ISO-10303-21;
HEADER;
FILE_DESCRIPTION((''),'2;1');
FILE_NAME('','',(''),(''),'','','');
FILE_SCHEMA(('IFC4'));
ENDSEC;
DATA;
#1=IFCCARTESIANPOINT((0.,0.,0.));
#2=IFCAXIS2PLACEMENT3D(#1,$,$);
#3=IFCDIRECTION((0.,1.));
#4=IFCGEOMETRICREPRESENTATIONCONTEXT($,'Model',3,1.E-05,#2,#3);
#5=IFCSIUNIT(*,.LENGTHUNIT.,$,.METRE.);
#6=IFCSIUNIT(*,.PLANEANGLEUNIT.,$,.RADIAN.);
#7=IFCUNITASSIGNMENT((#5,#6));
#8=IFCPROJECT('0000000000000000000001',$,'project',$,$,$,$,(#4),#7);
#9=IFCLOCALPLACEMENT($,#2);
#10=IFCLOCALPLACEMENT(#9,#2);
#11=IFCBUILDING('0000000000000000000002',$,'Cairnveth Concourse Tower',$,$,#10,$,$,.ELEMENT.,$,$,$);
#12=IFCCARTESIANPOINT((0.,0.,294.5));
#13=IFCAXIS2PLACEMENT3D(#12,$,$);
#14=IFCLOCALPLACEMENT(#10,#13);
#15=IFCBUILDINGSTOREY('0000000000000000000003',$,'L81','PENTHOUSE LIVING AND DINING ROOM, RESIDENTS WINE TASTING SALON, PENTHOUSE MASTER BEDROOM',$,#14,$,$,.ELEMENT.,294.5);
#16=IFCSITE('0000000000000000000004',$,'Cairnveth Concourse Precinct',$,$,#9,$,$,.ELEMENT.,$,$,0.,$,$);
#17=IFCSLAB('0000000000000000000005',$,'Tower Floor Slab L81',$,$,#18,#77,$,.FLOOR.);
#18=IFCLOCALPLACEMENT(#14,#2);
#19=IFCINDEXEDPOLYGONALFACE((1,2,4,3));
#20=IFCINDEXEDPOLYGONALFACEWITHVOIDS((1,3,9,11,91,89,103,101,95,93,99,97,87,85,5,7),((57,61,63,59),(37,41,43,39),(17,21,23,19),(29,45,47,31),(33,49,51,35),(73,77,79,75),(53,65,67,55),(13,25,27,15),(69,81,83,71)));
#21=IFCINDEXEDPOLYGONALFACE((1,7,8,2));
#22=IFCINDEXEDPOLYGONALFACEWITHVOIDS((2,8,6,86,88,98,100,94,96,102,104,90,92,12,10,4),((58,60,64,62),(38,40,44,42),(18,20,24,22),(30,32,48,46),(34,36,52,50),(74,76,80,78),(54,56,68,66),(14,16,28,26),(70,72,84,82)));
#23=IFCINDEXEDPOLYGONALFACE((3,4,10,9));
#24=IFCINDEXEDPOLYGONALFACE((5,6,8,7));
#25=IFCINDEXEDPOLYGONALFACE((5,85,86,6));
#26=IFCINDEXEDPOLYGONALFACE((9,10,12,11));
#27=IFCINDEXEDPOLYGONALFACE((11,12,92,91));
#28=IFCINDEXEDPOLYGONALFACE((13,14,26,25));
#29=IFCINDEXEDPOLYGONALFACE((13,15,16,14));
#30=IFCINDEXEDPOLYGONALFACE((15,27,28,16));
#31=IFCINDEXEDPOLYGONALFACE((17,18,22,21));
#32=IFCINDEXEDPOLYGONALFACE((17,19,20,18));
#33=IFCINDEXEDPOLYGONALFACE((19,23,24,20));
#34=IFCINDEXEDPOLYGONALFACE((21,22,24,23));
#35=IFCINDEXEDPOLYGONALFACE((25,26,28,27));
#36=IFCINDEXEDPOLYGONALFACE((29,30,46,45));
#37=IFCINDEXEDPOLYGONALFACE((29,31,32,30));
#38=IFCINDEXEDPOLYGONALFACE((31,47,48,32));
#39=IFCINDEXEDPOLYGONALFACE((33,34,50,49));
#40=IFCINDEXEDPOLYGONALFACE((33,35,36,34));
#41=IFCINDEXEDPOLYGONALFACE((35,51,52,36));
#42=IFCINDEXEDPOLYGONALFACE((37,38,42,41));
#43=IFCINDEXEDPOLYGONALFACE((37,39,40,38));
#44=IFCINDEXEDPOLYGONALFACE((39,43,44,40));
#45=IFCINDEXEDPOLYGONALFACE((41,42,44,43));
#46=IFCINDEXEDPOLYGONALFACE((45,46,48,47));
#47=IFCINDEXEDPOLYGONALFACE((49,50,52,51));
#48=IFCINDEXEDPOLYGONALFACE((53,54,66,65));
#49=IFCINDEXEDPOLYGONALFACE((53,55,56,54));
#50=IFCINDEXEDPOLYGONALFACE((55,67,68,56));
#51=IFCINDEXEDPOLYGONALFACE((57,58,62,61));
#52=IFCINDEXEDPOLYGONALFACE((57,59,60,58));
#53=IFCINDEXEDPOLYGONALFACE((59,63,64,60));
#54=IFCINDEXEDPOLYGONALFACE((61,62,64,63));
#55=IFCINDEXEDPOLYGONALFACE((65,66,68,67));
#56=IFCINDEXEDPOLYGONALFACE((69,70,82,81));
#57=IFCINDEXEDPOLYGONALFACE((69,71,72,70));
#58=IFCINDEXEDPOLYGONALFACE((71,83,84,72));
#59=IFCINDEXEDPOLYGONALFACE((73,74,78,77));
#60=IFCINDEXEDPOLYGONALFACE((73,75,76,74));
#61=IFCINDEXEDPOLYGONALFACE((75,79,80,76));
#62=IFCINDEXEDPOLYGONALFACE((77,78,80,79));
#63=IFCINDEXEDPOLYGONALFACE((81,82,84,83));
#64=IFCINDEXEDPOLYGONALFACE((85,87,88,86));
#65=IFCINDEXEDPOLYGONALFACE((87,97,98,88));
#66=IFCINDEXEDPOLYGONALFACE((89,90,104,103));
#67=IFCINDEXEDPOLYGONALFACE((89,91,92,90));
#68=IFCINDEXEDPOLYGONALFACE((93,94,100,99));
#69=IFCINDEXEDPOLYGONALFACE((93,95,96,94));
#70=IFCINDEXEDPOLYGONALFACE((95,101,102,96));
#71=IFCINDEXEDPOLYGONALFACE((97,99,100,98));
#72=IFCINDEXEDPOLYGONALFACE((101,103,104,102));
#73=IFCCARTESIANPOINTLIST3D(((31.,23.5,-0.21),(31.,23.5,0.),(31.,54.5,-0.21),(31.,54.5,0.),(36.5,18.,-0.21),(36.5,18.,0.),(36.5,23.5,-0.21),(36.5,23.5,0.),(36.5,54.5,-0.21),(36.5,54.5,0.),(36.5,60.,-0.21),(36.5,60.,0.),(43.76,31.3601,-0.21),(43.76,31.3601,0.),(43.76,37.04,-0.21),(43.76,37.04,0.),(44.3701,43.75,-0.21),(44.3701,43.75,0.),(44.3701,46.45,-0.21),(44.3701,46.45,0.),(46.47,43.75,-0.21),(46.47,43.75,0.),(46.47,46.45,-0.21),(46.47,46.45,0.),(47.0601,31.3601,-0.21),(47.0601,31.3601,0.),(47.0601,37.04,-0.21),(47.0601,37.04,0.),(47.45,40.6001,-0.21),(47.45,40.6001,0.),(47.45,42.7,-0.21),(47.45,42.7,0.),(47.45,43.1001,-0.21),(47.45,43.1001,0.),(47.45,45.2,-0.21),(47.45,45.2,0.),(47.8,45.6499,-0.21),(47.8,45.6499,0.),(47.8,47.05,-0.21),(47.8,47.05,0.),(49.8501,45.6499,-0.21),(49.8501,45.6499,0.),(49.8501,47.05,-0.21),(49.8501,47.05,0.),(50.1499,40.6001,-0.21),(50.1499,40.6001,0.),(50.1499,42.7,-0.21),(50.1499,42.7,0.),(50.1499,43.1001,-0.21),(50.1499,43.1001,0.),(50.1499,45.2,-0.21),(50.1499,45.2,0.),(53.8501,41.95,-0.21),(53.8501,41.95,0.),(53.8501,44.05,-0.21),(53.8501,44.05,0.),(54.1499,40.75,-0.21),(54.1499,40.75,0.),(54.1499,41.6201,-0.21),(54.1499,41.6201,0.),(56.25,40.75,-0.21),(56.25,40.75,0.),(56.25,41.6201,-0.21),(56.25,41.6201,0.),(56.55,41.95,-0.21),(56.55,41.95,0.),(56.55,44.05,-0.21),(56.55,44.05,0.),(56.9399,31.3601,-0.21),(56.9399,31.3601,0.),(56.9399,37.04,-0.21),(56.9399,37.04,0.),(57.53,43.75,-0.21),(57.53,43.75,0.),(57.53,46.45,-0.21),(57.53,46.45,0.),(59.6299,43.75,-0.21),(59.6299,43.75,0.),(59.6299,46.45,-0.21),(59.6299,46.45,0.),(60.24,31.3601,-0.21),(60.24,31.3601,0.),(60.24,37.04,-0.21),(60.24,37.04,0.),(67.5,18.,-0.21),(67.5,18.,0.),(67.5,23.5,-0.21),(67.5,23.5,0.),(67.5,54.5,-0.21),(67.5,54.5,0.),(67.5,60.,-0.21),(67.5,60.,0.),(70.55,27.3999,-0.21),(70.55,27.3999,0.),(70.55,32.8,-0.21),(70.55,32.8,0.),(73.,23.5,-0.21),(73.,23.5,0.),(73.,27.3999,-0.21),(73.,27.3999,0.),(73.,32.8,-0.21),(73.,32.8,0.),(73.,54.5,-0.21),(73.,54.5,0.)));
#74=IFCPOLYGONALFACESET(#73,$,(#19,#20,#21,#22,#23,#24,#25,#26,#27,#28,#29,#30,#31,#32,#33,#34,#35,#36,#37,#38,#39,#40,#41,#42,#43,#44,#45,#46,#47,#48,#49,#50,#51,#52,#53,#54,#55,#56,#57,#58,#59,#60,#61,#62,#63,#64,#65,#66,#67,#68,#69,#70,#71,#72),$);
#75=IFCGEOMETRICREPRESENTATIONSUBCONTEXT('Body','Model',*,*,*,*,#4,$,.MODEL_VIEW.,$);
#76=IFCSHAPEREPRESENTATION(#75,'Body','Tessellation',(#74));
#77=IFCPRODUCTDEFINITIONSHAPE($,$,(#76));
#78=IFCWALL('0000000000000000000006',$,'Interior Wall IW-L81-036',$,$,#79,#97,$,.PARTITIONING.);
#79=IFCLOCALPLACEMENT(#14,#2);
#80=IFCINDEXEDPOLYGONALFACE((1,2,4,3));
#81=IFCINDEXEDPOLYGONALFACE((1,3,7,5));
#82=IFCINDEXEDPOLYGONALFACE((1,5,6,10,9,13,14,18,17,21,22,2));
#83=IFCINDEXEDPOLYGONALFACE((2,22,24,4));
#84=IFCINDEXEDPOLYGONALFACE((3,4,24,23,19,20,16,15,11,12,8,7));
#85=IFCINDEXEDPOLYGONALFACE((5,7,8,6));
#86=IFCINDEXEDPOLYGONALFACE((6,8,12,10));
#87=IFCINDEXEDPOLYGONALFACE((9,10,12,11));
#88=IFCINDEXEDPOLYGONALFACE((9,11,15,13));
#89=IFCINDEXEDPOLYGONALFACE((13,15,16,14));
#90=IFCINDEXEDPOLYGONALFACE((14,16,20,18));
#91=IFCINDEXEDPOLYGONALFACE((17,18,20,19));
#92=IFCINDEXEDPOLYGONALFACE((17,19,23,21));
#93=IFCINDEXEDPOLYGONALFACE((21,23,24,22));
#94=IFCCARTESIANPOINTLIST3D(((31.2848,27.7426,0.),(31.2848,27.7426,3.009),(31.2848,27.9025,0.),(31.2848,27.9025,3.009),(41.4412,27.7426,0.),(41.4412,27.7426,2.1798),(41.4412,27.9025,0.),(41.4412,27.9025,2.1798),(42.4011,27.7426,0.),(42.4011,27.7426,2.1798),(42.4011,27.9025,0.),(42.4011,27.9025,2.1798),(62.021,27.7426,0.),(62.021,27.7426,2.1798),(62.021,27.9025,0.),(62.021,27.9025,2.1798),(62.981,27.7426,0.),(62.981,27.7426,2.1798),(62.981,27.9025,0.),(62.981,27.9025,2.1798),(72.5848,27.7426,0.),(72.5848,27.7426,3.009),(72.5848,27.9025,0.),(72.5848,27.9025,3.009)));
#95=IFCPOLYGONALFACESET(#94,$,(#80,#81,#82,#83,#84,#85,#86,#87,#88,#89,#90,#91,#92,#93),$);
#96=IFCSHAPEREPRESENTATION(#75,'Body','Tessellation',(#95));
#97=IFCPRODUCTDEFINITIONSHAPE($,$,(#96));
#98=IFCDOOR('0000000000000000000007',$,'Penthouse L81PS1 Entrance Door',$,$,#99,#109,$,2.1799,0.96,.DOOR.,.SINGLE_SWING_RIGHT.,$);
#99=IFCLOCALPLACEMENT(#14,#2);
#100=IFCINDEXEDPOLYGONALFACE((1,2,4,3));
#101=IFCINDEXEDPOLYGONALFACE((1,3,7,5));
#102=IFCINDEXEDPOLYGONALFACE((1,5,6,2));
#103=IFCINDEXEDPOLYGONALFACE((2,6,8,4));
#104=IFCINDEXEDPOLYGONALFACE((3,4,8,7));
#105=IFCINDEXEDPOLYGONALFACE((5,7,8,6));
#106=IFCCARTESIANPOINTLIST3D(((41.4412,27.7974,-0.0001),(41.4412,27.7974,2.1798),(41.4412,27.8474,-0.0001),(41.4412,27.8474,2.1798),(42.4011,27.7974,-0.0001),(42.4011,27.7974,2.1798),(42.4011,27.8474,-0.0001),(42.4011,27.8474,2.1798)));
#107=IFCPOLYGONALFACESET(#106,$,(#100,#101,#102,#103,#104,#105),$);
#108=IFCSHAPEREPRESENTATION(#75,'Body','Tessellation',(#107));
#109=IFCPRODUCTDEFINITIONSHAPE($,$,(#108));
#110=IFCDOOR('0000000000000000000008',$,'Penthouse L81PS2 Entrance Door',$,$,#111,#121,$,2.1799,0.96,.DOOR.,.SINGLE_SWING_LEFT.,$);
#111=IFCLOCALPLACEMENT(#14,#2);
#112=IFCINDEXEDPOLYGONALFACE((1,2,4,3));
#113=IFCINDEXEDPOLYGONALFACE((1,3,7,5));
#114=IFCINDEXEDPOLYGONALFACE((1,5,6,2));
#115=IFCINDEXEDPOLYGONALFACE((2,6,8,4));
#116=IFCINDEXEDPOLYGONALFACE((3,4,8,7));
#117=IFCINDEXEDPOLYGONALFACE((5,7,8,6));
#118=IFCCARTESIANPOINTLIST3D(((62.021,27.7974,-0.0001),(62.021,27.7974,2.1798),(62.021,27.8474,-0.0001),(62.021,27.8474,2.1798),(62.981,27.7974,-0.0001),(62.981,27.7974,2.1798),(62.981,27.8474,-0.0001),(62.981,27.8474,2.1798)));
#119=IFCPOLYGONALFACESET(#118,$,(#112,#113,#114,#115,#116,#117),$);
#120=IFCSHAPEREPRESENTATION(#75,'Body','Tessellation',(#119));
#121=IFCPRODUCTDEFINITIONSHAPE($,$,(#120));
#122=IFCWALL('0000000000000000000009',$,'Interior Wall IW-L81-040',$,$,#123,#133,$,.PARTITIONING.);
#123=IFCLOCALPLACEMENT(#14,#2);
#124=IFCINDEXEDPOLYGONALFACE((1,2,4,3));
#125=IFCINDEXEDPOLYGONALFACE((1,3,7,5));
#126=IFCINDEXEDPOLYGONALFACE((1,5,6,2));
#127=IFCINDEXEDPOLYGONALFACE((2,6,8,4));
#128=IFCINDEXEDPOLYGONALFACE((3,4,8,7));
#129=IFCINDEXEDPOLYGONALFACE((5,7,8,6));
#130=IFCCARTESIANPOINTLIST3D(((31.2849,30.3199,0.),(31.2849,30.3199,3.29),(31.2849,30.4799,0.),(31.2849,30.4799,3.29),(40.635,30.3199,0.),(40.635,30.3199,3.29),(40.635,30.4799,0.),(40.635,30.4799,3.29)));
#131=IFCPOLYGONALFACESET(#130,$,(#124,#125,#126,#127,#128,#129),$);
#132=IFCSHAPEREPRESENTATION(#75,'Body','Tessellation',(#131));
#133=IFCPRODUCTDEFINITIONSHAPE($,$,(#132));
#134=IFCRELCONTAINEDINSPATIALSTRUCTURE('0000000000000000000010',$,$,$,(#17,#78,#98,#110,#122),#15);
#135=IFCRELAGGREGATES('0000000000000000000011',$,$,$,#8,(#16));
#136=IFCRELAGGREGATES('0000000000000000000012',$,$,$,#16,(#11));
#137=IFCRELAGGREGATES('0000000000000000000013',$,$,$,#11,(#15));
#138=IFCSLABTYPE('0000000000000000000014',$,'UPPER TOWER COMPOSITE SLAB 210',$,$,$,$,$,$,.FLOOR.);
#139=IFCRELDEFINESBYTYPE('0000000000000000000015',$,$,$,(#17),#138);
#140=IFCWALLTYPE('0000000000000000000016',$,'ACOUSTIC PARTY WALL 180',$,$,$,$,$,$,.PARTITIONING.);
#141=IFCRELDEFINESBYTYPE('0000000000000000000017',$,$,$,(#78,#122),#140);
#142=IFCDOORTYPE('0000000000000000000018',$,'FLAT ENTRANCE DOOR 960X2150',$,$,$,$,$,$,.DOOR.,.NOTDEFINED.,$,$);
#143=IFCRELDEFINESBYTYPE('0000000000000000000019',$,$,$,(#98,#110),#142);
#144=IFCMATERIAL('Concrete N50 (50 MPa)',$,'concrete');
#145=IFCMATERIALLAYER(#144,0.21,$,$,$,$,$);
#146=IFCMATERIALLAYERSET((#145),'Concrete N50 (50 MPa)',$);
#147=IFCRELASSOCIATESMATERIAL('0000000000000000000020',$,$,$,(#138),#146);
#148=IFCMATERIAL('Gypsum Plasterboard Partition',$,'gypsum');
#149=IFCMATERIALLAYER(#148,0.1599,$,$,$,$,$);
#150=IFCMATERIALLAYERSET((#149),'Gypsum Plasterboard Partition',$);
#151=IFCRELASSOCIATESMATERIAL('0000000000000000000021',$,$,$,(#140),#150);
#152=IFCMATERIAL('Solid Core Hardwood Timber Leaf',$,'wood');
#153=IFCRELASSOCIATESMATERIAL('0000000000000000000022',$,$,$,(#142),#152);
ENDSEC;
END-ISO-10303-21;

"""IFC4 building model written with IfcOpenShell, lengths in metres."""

from ifc_helpers import new_model, si_unit, direction, frame, frame_2d, origin, place, context, subcontext, project, spatial, polyline, rectangle, outline, extrude, material, layer, layer_set, type_object, element, fill, save


model = new_model("IFC4")

# Units and contexts
model_context = context("Model", 3, precision=1e-05, world=origin(), true_north=direction((0.0, 1.0)))
body_context = subcontext(model_context, "Body", "Model", "MODEL_VIEW")
ifc_project = project(units=[si_unit("LENGTHUNIT", "METRE"), si_unit("PLANEANGLEUNIT", "RADIAN")], contexts=[model_context])

# Site, building, storey
site_placement = place(None, origin())
site = spatial("IfcSite", under=ifc_project, at=site_placement, Name="Cairnveth Concourse Precinct", CompositionType="ELEMENT", RefElevation=0.0)
building_placement = place(site_placement, origin())
building = spatial("IfcBuilding", under=site, at=building_placement, Name="Cairnveth Concourse Tower", CompositionType="ELEMENT")
storey_placement = place(building_placement, frame((0.0, 0.0, 294.5)))
storey = spatial("IfcBuildingStorey", under=building, at=storey_placement, Name="L81", Description="PENTHOUSE LIVING AND DINING ROOM, RESIDENTS WINE TASTING SALON, PENTHOUSE MASTER BEDROOM", CompositionType="ELEMENT", Elevation=294.5)

# Shared definitions
ifc_material_1 = material(Name="Concrete N50 (50 MPa)", Category="concrete")

# Slab
ifc_layer_1 = layer(ifc_material_1, 0.21)
ifc_layer_set_1 = layer_set([ifc_layer_1], Name="Concrete N50 (50 MPa)")
slab_type_1 = type_object("IfcSlabType", Name="UPPER TOWER COMPOSITE SLAB 210", PredefinedType="FLOOR", material=ifc_layer_set_1)
slab_1_placement = place(storey_placement, frame((0.0, 0.0, -0.21)))
element("IfcSlab", 1, at=slab_1_placement, inside=storey, type_object=slab_type_1, Name="Tower Floor Slab L81", PredefinedType="FLOOR", context=body_context, shape_type="SweptSolid", body=[
    extrude(outline(polyline([(73.0, 27.3999), (70.55, 27.3999), (70.55, 32.8), (73.0, 32.8), (73.0, 54.5), (67.5, 54.5), (67.5, 60.0), (36.5, 60.0), (36.5, 54.5), (31.0, 54.5), (31.0, 23.5), (36.5, 23.5), (36.5, 18.0), (67.5, 18.0), (67.5, 23.5), (73.0, 23.5), (73.0, 27.3999)]), holes=[polyline([(43.76, 31.3601), (47.0601, 31.3601), (47.0601, 37.04), (43.76, 37.04), (43.76, 31.3601)]), polyline([(56.9399, 31.3601), (60.24, 31.3601), (60.24, 37.04), (56.9399, 37.04), (56.9399, 31.3601)]), polyline([(44.3701, 43.75), (46.47, 43.75), (46.47, 46.45), (44.3701, 46.45), (44.3701, 43.75)]), polyline([(57.53, 43.75), (59.6299, 43.75), (59.6299, 46.45), (57.53, 46.45), (57.53, 43.75)]), polyline([(47.45, 40.6001), (50.1499, 40.6001), (50.1499, 42.7), (47.45, 42.7), (47.45, 40.6001)]), polyline([(47.45, 43.1001), (50.1499, 43.1001), (50.1499, 45.2), (47.45, 45.2), (47.45, 43.1001)]), polyline([(53.8501, 41.95), (56.55, 41.95), (56.55, 44.05), (53.8501, 44.05), (53.8501, 41.95)]), polyline([(47.8, 45.6499), (49.8501, 45.6499), (49.8501, 47.05), (47.8, 47.05), (47.8, 45.6499)]), polyline([(54.1499, 40.75), (56.25, 40.75), (56.25, 41.6201), (54.1499, 41.6201), (54.1499, 40.75)])]), origin(), (0.0, 0.0, 1.0), 0.21),
])

# Wall, openings, doors
ifc_material_2 = material(Name="Gypsum Plasterboard Partition", Category="gypsum")
ifc_layer_2 = layer(ifc_material_2, 0.1599)
ifc_layer_set_2 = layer_set([ifc_layer_2], Name="Gypsum Plasterboard Partition")
wall_type_1 = type_object("IfcWallType", Name="ACOUSTIC PARTY WALL 180", PredefinedType="PARTITIONING", material=ifc_layer_set_2)
wall_1_placement = place(storey_placement, frame((31.2849, 27.8225, 0.0), z_axis=(0.0, 0.0, 1.0), x_axis=(1.0, 0.0, 0.0)))
wall_1 = element("IfcWall", 2, at=wall_1_placement, inside=storey, type_object=wall_type_1, Name="Interior Wall IW-L81-036", PredefinedType="PARTITIONING", context=body_context, shape_type="SweptSolid", body=[
    extrude(rectangle(XDim=41.3, YDim=0.1599, at=frame_2d((20.6499, 0.0))), origin(), (0.0, 0.0, 1.0), 3.009),
])
opening_1_placement = place(wall_1_placement, frame((10.1562, 0.0, 0.0)))
opening_1 = element("IfcOpeningElement", 3, at=opening_1_placement, cuts=wall_1, PredefinedType="OPENING", context=body_context, shape_type="SweptSolid", body=[
    extrude(rectangle(XDim=0.96, YDim=2.1799, at=frame_2d((0.48, 1.0898))), frame((0.0, 0.0898, 0.0), z_axis=(0.0, -1.0, 0.0), x_axis=(1.0, 0.0, 0.0)), (0.0, 0.0, 1.0), 0.1799),
])
opening_2_placement = place(wall_1_placement, frame((30.7361, 0.0, 0.0)))
opening_2 = element("IfcOpeningElement", 4, at=opening_2_placement, cuts=wall_1, PredefinedType="OPENING", context=body_context, shape_type="SweptSolid", body=[
    extrude(rectangle(XDim=0.96, YDim=2.1799, at=frame_2d((0.48, 1.0898))), frame((0.0, 0.0898, 0.0), z_axis=(0.0, -1.0, 0.0), x_axis=(1.0, 0.0, 0.0)), (0.0, 0.0, 1.0), 0.1799),
])
ifc_material_3 = material(Name="Solid Core Hardwood Timber Leaf", Category="wood")
door_type = type_object("IfcDoorType", Name="FLAT ENTRANCE DOOR 960X2150", OperationType="NOTDEFINED", PredefinedType="DOOR", material=ifc_material_3)
door_1_placement = place(opening_1_placement, origin())
door_1 = element("IfcDoor", 5, at=door_1_placement, inside=storey, type_object=door_type, Name="Penthouse L81PS1 Entrance Door", OperationType="SINGLE_SWING_RIGHT", OverallHeight=2.1799, OverallWidth=0.96, PredefinedType="DOOR", context=body_context, shape_type="SweptSolid", body=[
    extrude(rectangle(XDim=0.96, YDim=2.1799, at=frame_2d((0.48, 1.0898))), frame((0.0, 0.0249, 0.0), z_axis=(0.0, -1.0, 0.0), x_axis=(1.0, 0.0, 0.0)), (0.0, 0.0, 1.0), 0.05),
])
fill(opening_1, door_1)
door_2_placement = place(opening_2_placement, origin())
door_2 = element("IfcDoor", 6, at=door_2_placement, inside=storey, type_object=door_type, Name="Penthouse L81PS2 Entrance Door", OperationType="SINGLE_SWING_LEFT", OverallHeight=2.1799, OverallWidth=0.96, PredefinedType="DOOR", context=body_context, shape_type="SweptSolid", body=[
    extrude(rectangle(XDim=0.96, YDim=2.1799, at=frame_2d((0.48, 1.0898))), frame((0.0, 0.0249, 0.0), z_axis=(0.0, -1.0, 0.0), x_axis=(1.0, 0.0, 0.0)), (0.0, 0.0, 1.0), 0.05),
])
fill(opening_2, door_2)

# Wall
wall_2_placement = place(storey_placement, frame((31.2849, 30.3999, 0.0), z_axis=(0.0, 0.0, 1.0), x_axis=(1.0, 0.0, 0.0)))
element("IfcWall", 7, at=wall_2_placement, inside=storey, type_object=wall_type_1, Name="Interior Wall IW-L81-040", PredefinedType="PARTITIONING", context=body_context, shape_type="SweptSolid", body=[
    extrude(rectangle(XDim=9.3501, YDim=0.1599, at=frame_2d((4.675, 0.0))), origin(), (0.0, 0.0, 1.0), 3.29),
])

save(model, "model.ifc")
